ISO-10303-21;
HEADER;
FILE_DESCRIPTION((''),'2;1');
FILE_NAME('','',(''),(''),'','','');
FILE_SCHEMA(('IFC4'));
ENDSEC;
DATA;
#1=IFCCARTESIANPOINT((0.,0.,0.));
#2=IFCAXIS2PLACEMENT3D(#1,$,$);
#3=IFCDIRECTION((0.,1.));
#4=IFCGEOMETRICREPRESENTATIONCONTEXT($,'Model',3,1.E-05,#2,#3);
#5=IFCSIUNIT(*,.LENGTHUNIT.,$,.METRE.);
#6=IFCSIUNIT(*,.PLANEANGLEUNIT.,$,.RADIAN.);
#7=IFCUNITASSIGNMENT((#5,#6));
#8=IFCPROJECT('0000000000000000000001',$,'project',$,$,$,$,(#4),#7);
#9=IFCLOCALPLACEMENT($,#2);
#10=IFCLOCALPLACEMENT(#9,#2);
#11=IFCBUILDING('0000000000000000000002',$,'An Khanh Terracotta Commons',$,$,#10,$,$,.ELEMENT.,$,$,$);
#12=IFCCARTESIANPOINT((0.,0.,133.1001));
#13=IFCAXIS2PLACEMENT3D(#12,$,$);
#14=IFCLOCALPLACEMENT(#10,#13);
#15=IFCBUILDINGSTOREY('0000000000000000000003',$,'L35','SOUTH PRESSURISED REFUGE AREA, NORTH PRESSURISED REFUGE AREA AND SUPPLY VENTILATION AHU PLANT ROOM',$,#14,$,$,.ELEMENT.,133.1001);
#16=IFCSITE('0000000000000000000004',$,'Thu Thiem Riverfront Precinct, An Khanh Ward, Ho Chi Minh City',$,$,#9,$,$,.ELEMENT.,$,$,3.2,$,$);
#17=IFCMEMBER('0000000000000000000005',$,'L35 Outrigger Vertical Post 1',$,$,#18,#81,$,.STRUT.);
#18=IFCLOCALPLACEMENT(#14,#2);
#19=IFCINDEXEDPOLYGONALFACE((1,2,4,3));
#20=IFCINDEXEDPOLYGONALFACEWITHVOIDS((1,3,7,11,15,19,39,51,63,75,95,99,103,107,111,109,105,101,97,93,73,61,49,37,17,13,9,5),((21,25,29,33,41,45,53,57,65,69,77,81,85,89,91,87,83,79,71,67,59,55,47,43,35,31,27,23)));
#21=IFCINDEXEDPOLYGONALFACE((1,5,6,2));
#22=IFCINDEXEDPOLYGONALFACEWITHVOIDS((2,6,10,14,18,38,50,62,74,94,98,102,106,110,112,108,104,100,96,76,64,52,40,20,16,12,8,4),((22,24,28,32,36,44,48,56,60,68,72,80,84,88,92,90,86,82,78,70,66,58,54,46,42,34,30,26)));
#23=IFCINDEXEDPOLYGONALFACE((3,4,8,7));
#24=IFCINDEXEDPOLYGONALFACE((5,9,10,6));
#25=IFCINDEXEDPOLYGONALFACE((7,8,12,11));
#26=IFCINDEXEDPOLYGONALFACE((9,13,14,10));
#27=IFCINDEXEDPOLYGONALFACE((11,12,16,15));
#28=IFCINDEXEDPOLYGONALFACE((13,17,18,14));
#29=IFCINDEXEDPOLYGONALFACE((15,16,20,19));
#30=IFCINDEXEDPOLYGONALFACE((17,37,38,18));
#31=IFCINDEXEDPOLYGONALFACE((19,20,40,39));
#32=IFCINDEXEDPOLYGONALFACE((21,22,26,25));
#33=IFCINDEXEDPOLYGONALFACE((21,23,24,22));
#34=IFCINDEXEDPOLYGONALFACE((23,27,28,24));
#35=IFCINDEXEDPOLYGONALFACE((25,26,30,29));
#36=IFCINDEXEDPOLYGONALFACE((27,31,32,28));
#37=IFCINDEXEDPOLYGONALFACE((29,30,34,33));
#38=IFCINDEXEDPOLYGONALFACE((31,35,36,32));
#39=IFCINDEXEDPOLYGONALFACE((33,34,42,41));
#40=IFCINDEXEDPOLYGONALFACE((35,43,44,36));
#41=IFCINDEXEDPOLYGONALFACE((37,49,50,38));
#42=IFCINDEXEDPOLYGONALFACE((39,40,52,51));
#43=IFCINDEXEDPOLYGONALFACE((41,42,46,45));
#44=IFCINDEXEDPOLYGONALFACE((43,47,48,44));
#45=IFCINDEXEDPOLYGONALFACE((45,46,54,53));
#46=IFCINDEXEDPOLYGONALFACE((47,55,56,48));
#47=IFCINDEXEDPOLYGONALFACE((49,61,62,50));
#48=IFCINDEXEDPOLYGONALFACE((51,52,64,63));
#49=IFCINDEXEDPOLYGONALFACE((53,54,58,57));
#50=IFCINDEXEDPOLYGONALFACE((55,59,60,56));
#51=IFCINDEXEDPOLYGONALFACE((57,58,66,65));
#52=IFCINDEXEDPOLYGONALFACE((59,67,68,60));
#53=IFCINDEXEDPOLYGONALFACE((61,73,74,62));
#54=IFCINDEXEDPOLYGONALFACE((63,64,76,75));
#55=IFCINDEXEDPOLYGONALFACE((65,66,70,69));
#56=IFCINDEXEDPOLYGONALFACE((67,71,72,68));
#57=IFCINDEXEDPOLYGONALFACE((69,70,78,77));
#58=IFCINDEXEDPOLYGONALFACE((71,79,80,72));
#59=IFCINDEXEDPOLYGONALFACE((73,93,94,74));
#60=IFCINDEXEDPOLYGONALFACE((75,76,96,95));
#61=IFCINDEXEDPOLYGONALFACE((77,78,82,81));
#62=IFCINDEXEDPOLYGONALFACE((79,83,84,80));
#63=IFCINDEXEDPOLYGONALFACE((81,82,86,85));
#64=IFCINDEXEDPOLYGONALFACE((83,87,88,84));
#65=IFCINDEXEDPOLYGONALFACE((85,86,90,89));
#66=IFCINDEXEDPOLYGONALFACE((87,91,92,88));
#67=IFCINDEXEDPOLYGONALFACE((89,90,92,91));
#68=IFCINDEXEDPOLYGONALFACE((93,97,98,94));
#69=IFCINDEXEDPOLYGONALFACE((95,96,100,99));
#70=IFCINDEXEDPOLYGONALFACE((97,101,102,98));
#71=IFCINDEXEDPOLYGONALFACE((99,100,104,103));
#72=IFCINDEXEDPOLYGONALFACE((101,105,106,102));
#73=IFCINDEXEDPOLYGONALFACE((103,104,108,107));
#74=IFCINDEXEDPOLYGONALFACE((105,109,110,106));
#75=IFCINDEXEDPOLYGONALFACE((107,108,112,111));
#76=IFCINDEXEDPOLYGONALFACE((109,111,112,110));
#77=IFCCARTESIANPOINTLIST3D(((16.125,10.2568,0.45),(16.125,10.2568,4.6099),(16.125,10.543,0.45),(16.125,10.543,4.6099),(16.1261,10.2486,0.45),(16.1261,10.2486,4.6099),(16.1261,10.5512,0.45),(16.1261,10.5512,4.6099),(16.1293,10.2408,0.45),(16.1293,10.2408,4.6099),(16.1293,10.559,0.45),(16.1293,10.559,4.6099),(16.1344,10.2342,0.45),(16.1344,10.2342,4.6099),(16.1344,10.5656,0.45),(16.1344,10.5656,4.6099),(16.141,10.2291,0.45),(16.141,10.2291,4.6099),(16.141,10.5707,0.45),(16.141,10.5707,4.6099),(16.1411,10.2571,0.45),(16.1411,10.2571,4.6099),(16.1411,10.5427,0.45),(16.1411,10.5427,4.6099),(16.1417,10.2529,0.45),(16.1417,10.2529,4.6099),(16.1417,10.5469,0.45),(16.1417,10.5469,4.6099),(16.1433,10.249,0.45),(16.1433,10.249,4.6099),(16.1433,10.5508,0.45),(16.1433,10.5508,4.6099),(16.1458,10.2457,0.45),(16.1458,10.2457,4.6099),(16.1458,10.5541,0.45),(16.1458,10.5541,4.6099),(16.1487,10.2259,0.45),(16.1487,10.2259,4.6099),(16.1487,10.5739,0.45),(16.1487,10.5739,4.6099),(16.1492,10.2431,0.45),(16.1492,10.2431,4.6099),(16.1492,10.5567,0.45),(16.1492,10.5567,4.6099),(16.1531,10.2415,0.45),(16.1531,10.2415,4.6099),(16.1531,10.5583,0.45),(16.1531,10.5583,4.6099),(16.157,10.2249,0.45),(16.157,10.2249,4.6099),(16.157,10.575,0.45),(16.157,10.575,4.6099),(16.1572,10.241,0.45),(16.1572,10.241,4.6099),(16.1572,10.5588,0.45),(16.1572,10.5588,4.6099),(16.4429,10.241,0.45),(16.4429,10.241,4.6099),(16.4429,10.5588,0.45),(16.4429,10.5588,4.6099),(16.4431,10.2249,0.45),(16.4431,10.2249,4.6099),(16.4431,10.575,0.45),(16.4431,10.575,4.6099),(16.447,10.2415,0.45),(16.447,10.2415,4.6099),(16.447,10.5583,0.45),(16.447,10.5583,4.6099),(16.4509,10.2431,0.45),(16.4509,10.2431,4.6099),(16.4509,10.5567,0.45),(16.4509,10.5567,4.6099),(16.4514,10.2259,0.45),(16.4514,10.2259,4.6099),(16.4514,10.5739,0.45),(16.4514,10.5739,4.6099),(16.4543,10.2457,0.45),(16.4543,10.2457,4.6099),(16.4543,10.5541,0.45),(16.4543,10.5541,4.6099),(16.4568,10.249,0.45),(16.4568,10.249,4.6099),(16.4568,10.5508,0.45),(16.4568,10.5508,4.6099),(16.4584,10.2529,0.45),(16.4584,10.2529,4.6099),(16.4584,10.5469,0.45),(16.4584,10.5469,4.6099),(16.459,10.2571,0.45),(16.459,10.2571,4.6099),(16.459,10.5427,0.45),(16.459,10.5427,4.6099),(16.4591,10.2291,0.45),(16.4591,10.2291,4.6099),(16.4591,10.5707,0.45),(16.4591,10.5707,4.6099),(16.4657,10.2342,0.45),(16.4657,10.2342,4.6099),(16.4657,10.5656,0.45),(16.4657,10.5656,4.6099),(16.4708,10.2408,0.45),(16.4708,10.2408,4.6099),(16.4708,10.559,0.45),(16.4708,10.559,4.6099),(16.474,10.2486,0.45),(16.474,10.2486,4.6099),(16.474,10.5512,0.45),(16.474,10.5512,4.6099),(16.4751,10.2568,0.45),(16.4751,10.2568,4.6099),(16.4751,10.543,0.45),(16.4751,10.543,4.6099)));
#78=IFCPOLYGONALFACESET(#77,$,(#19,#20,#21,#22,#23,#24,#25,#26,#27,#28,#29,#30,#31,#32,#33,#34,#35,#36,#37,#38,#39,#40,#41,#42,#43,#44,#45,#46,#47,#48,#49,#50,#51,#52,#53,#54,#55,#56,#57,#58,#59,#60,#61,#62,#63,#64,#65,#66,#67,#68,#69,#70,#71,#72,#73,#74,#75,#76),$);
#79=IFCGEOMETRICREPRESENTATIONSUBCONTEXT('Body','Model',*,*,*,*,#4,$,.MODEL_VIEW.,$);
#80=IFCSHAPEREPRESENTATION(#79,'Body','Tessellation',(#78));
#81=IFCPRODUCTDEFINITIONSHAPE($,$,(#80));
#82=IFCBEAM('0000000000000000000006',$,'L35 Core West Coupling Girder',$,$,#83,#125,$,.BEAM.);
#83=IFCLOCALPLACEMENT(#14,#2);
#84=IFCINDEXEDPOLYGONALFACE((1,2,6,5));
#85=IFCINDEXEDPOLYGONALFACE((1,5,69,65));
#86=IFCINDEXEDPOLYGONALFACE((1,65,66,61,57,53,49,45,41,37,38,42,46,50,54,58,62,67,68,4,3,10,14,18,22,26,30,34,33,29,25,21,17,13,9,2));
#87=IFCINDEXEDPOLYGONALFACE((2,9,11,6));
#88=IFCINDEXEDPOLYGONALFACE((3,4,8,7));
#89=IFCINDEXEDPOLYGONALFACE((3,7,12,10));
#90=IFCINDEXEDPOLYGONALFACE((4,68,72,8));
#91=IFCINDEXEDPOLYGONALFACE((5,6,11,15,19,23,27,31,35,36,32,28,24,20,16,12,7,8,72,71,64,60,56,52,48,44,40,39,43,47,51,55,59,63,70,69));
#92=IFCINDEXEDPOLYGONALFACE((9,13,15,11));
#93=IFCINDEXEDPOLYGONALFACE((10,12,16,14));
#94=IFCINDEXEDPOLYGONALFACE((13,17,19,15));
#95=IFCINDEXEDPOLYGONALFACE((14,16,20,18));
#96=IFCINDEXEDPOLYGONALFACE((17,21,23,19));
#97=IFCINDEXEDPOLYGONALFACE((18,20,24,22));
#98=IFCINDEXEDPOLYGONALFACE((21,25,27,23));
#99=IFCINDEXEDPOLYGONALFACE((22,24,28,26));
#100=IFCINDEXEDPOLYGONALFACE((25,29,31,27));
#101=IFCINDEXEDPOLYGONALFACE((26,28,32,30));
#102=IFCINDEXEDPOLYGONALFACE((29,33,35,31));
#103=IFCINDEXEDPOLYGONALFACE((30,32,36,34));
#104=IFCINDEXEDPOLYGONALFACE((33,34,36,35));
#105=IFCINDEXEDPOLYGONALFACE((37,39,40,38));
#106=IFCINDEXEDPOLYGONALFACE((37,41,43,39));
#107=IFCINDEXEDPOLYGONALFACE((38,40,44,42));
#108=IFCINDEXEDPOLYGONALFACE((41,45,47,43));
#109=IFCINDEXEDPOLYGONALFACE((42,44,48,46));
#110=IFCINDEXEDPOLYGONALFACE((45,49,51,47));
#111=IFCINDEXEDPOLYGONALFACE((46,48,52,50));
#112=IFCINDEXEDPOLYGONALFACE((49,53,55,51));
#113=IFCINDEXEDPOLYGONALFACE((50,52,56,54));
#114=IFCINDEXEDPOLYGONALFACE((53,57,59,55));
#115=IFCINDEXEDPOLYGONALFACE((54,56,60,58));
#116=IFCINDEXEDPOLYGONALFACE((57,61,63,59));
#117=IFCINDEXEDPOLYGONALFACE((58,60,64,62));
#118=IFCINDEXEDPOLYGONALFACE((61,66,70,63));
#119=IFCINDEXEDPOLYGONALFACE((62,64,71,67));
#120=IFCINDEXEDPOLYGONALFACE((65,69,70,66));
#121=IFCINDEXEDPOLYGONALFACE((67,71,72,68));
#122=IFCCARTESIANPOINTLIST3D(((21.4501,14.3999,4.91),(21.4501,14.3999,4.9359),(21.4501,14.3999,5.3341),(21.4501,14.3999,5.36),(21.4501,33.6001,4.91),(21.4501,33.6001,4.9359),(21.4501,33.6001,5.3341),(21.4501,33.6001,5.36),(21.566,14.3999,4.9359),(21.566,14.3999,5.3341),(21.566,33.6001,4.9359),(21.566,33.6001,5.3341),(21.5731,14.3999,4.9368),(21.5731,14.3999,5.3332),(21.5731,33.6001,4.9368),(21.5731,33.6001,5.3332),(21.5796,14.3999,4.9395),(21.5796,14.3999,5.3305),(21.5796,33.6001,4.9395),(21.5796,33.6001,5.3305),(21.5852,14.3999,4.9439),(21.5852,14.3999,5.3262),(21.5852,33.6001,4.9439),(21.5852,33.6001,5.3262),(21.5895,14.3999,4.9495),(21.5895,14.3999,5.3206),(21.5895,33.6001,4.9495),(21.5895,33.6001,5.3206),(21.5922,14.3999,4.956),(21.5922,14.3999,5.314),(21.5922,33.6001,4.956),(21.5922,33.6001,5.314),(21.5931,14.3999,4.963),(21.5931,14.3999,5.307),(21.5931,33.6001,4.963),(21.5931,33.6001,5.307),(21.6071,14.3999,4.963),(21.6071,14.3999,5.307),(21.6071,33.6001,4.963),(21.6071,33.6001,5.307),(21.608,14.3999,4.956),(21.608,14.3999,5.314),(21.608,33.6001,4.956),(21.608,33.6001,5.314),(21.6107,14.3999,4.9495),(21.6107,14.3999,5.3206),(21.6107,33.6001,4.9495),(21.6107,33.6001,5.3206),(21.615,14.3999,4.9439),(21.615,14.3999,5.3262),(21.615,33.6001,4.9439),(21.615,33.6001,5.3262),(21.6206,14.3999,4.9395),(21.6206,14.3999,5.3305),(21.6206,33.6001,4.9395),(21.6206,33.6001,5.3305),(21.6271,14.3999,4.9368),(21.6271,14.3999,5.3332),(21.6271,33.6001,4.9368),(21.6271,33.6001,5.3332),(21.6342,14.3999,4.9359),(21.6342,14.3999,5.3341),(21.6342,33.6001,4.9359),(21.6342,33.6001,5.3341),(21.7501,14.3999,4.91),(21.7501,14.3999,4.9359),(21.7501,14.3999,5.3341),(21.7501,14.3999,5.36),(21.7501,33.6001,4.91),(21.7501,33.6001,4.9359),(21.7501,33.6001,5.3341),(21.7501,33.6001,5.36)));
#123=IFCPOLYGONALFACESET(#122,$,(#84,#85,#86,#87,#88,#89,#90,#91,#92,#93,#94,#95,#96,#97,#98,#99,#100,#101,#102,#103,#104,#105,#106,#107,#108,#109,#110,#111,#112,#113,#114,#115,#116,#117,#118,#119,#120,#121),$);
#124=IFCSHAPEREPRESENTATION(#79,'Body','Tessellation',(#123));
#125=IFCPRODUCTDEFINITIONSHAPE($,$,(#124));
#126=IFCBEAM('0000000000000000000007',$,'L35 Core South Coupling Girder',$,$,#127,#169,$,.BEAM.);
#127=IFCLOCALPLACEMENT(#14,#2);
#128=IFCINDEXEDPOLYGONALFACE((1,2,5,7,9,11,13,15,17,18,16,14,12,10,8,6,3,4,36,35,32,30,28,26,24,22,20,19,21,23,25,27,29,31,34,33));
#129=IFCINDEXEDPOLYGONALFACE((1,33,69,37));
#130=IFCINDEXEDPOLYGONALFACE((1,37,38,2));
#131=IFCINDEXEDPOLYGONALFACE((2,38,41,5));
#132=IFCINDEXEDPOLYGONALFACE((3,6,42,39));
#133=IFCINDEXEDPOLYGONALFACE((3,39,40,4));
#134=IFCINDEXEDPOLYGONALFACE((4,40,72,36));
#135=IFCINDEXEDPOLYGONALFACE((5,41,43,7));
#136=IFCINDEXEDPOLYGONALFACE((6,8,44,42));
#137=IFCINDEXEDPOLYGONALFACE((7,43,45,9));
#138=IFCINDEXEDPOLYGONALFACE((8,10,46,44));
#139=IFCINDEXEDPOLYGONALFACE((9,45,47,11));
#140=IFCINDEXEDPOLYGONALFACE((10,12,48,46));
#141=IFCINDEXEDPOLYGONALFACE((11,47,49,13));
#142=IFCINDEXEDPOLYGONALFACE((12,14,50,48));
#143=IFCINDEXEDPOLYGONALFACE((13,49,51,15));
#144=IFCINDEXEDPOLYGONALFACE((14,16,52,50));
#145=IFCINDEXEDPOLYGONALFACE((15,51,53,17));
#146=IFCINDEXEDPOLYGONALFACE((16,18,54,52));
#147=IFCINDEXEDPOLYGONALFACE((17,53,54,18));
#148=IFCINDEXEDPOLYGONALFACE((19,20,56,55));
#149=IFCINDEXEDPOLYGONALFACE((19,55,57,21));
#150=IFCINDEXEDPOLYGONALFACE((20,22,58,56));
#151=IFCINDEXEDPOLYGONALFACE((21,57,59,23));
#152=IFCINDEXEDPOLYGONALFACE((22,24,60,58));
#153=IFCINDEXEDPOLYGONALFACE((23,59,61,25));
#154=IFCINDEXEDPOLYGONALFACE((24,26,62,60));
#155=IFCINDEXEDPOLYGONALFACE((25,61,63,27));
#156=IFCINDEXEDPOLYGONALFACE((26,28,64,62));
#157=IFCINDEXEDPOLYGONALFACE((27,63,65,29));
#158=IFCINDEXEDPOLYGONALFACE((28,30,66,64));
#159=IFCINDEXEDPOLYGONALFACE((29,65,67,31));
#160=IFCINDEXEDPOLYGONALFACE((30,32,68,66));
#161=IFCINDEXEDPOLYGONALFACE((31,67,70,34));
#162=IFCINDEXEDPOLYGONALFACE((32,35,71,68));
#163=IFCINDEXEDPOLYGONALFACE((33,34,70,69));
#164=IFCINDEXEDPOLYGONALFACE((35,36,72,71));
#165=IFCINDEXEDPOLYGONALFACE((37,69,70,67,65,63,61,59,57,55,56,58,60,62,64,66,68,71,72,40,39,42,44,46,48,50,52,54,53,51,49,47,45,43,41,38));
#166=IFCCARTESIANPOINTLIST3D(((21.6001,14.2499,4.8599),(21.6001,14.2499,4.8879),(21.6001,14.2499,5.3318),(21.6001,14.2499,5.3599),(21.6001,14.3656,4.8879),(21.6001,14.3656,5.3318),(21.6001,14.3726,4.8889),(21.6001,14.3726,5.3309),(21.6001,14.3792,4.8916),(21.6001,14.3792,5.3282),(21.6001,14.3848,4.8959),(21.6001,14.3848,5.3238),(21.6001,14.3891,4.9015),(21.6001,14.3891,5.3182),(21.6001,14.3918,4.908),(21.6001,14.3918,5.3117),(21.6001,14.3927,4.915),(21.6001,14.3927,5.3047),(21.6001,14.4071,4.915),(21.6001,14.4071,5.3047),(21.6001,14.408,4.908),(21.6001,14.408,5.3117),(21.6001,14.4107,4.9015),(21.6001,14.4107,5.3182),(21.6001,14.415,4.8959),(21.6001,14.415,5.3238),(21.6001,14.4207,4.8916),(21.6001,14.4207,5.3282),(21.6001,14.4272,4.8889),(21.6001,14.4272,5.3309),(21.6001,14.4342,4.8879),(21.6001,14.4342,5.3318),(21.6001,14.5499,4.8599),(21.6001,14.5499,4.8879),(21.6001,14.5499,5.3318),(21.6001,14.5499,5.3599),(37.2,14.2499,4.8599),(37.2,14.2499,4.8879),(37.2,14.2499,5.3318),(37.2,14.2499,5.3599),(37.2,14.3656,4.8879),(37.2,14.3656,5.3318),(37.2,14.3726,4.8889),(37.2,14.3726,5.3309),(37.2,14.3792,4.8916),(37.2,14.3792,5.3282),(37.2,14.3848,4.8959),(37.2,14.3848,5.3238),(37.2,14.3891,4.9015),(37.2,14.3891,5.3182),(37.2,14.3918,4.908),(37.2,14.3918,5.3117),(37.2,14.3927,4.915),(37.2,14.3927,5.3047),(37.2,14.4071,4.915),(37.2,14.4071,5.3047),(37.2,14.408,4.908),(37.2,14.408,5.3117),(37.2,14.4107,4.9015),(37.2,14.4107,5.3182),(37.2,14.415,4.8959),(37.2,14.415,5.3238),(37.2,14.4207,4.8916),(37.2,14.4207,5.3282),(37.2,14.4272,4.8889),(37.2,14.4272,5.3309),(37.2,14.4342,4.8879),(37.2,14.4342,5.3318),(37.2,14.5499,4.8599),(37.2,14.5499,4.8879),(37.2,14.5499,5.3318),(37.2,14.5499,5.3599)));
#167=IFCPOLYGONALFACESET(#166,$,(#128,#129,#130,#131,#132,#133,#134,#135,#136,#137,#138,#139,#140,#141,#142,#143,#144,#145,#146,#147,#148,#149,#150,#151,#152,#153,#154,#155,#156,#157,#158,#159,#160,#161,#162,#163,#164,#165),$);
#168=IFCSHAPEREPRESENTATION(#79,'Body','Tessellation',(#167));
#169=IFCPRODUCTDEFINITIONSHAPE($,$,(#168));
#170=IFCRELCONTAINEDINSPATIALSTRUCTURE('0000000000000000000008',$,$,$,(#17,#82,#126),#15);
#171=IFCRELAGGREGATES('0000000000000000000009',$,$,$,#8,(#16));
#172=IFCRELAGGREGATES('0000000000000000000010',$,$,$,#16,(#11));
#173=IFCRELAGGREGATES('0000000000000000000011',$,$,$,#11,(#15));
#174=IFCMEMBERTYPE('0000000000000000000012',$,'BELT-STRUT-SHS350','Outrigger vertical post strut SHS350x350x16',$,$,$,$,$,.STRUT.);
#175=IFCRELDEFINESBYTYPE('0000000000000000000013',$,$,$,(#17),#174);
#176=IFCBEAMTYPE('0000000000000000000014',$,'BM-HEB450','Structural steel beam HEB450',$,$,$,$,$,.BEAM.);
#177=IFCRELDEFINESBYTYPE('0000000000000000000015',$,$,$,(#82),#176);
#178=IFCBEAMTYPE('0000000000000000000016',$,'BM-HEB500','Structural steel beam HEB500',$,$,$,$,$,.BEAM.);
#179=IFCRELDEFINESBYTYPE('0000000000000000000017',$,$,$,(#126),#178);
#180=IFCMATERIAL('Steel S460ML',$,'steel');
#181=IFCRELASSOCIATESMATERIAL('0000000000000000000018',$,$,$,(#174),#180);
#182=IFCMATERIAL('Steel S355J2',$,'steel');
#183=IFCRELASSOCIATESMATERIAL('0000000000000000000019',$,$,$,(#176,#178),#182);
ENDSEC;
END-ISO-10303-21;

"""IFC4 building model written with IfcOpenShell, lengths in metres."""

from ifc_helpers import new_model, si_unit, direction, frame, origin, origin_2d, place, context, subcontext, project, spatial, hollow_rectangle, i_section, extrude, material, material_profile, profile_set, type_object, element, save


model = new_model("IFC4")

# Units and contexts
model_context = context("Model", 3, precision=1e-05, world=origin(), true_north=direction((0.0, 1.0)))
body_context = subcontext(model_context, "Body", "Model", "MODEL_VIEW")
ifc_project = project(units=[si_unit("LENGTHUNIT", "METRE"), si_unit("PLANEANGLEUNIT", "RADIAN")], contexts=[model_context])

# Site, building, storey
site_placement = place(None, origin())
site = spatial("IfcSite", under=ifc_project, at=site_placement, Name="Thu Thiem Riverfront Precinct, An Khanh Ward, Ho Chi Minh City", CompositionType="ELEMENT", RefElevation=3.2)
building_placement = place(site_placement, origin())
building = spatial("IfcBuilding", under=site, at=building_placement, Name="An Khanh Terracotta Commons", CompositionType="ELEMENT")
storey_placement = place(building_placement, frame((0.0, 0.0, 133.1001)))
storey = spatial("IfcBuildingStorey", under=building, at=storey_placement, Name="L35", Description="SOUTH PRESSURISED REFUGE AREA, NORTH PRESSURISED REFUGE AREA AND SUPPLY VENTILATION AHU PLANT ROOM", CompositionType="ELEMENT", Elevation=133.1001)

# Member
ifc_material_1 = material(Name="Steel S460ML", Category="steel")
ifc_material_profile_1 = material_profile(ifc_material_1, hollow_rectangle(XDim=0.3501, YDim=0.3501, WallThickness=0.0161, InnerFilletRadius=0.0161, OuterFilletRadius=0.032, at=origin_2d()), Name="SHS350x350x16")
ifc_profile_set_1 = profile_set([ifc_material_profile_1], Name="Steel S460ML")
member_type_1 = type_object("IfcMemberType", Name="BELT-STRUT-SHS350", Description="Outrigger vertical post strut SHS350x350x16", PredefinedType="STRUT", material=ifc_profile_set_1)
member_1_placement = place(storey_placement, frame((16.3, 10.3999, 0.45), z_axis=(0.0, 0.0, 1.0), x_axis=(1.0, 0.0, 0.0)))
element("IfcMember", 1, at=member_1_placement, inside=storey, type_object=member_type_1, Name="L35 Outrigger Vertical Post 1", PredefinedType="STRUT", context=body_context, shape_type="SweptSolid", body=[
    extrude(hollow_rectangle(XDim=0.3501, YDim=0.3501, WallThickness=0.0161, InnerFilletRadius=0.0161, OuterFilletRadius=0.032, at=origin_2d()), origin(), (0.0, 0.0, 1.0), 4.1599),
])

# Beams
ifc_material_2 = material(Name="Steel S355J2", Category="steel")
ifc_material_profile_2 = material_profile(ifc_material_2, i_section(OverallWidth=0.3, OverallDepth=0.45, WebThickness=0.0139, FlangeThickness=0.0259, FilletRadius=0.0271, at=origin_2d()), Name="HEB450")
ifc_profile_set_2 = profile_set([ifc_material_profile_2], Name="Steel S355J2")
beam_type_1 = type_object("IfcBeamType", Name="BM-HEB450", Description="Structural steel beam HEB450", PredefinedType="BEAM", material=ifc_profile_set_2)
beam_1_placement = place(storey_placement, frame((21.6001, 14.3999, 5.135), z_axis=(0.0, 1.0, 0.0), x_axis=(-1.0, 0.0, 0.0)))
element("IfcBeam", 2, at=beam_1_placement, inside=storey, type_object=beam_type_1, Name="L35 Core West Coupling Girder", PredefinedType="BEAM", context=body_context, shape_type="SweptSolid", body=[
    extrude(i_section(OverallWidth=0.3, OverallDepth=0.45, WebThickness=0.0139, FlangeThickness=0.0259, FilletRadius=0.0271, at=origin_2d()), origin(), (0.0, 0.0, 1.0), 19.2002),
])
ifc_material_profile_3 = material_profile(ifc_material_2, i_section(OverallWidth=0.3, OverallDepth=0.5, WebThickness=0.0144, FlangeThickness=0.0281, FilletRadius=0.0271, at=origin_2d()), Name="HEB500")
ifc_profile_set_3 = profile_set([ifc_material_profile_3], Name="Steel S355J2")
beam_type_2 = type_object("IfcBeamType", Name="BM-HEB500", Description="Structural steel beam HEB500", PredefinedType="BEAM", material=ifc_profile_set_3)
beam_2_placement = place(storey_placement, frame((21.6001, 14.3999, 5.1099), z_axis=(1.0, 0.0, 0.0), x_axis=(0.0, 1.0, 0.0)))
element("IfcBeam", 3, at=beam_2_placement, inside=storey, type_object=beam_type_2, Name="L35 Core South Coupling Girder", PredefinedType="BEAM", context=body_context, shape_type="SweptSolid", body=[
    extrude(i_section(OverallWidth=0.3, OverallDepth=0.5, WebThickness=0.0144, FlangeThickness=0.0281, FilletRadius=0.0271, at=origin_2d()), origin(), (0.0, 0.0, 1.0), 15.5999),
])

save(model, "model.ifc")
